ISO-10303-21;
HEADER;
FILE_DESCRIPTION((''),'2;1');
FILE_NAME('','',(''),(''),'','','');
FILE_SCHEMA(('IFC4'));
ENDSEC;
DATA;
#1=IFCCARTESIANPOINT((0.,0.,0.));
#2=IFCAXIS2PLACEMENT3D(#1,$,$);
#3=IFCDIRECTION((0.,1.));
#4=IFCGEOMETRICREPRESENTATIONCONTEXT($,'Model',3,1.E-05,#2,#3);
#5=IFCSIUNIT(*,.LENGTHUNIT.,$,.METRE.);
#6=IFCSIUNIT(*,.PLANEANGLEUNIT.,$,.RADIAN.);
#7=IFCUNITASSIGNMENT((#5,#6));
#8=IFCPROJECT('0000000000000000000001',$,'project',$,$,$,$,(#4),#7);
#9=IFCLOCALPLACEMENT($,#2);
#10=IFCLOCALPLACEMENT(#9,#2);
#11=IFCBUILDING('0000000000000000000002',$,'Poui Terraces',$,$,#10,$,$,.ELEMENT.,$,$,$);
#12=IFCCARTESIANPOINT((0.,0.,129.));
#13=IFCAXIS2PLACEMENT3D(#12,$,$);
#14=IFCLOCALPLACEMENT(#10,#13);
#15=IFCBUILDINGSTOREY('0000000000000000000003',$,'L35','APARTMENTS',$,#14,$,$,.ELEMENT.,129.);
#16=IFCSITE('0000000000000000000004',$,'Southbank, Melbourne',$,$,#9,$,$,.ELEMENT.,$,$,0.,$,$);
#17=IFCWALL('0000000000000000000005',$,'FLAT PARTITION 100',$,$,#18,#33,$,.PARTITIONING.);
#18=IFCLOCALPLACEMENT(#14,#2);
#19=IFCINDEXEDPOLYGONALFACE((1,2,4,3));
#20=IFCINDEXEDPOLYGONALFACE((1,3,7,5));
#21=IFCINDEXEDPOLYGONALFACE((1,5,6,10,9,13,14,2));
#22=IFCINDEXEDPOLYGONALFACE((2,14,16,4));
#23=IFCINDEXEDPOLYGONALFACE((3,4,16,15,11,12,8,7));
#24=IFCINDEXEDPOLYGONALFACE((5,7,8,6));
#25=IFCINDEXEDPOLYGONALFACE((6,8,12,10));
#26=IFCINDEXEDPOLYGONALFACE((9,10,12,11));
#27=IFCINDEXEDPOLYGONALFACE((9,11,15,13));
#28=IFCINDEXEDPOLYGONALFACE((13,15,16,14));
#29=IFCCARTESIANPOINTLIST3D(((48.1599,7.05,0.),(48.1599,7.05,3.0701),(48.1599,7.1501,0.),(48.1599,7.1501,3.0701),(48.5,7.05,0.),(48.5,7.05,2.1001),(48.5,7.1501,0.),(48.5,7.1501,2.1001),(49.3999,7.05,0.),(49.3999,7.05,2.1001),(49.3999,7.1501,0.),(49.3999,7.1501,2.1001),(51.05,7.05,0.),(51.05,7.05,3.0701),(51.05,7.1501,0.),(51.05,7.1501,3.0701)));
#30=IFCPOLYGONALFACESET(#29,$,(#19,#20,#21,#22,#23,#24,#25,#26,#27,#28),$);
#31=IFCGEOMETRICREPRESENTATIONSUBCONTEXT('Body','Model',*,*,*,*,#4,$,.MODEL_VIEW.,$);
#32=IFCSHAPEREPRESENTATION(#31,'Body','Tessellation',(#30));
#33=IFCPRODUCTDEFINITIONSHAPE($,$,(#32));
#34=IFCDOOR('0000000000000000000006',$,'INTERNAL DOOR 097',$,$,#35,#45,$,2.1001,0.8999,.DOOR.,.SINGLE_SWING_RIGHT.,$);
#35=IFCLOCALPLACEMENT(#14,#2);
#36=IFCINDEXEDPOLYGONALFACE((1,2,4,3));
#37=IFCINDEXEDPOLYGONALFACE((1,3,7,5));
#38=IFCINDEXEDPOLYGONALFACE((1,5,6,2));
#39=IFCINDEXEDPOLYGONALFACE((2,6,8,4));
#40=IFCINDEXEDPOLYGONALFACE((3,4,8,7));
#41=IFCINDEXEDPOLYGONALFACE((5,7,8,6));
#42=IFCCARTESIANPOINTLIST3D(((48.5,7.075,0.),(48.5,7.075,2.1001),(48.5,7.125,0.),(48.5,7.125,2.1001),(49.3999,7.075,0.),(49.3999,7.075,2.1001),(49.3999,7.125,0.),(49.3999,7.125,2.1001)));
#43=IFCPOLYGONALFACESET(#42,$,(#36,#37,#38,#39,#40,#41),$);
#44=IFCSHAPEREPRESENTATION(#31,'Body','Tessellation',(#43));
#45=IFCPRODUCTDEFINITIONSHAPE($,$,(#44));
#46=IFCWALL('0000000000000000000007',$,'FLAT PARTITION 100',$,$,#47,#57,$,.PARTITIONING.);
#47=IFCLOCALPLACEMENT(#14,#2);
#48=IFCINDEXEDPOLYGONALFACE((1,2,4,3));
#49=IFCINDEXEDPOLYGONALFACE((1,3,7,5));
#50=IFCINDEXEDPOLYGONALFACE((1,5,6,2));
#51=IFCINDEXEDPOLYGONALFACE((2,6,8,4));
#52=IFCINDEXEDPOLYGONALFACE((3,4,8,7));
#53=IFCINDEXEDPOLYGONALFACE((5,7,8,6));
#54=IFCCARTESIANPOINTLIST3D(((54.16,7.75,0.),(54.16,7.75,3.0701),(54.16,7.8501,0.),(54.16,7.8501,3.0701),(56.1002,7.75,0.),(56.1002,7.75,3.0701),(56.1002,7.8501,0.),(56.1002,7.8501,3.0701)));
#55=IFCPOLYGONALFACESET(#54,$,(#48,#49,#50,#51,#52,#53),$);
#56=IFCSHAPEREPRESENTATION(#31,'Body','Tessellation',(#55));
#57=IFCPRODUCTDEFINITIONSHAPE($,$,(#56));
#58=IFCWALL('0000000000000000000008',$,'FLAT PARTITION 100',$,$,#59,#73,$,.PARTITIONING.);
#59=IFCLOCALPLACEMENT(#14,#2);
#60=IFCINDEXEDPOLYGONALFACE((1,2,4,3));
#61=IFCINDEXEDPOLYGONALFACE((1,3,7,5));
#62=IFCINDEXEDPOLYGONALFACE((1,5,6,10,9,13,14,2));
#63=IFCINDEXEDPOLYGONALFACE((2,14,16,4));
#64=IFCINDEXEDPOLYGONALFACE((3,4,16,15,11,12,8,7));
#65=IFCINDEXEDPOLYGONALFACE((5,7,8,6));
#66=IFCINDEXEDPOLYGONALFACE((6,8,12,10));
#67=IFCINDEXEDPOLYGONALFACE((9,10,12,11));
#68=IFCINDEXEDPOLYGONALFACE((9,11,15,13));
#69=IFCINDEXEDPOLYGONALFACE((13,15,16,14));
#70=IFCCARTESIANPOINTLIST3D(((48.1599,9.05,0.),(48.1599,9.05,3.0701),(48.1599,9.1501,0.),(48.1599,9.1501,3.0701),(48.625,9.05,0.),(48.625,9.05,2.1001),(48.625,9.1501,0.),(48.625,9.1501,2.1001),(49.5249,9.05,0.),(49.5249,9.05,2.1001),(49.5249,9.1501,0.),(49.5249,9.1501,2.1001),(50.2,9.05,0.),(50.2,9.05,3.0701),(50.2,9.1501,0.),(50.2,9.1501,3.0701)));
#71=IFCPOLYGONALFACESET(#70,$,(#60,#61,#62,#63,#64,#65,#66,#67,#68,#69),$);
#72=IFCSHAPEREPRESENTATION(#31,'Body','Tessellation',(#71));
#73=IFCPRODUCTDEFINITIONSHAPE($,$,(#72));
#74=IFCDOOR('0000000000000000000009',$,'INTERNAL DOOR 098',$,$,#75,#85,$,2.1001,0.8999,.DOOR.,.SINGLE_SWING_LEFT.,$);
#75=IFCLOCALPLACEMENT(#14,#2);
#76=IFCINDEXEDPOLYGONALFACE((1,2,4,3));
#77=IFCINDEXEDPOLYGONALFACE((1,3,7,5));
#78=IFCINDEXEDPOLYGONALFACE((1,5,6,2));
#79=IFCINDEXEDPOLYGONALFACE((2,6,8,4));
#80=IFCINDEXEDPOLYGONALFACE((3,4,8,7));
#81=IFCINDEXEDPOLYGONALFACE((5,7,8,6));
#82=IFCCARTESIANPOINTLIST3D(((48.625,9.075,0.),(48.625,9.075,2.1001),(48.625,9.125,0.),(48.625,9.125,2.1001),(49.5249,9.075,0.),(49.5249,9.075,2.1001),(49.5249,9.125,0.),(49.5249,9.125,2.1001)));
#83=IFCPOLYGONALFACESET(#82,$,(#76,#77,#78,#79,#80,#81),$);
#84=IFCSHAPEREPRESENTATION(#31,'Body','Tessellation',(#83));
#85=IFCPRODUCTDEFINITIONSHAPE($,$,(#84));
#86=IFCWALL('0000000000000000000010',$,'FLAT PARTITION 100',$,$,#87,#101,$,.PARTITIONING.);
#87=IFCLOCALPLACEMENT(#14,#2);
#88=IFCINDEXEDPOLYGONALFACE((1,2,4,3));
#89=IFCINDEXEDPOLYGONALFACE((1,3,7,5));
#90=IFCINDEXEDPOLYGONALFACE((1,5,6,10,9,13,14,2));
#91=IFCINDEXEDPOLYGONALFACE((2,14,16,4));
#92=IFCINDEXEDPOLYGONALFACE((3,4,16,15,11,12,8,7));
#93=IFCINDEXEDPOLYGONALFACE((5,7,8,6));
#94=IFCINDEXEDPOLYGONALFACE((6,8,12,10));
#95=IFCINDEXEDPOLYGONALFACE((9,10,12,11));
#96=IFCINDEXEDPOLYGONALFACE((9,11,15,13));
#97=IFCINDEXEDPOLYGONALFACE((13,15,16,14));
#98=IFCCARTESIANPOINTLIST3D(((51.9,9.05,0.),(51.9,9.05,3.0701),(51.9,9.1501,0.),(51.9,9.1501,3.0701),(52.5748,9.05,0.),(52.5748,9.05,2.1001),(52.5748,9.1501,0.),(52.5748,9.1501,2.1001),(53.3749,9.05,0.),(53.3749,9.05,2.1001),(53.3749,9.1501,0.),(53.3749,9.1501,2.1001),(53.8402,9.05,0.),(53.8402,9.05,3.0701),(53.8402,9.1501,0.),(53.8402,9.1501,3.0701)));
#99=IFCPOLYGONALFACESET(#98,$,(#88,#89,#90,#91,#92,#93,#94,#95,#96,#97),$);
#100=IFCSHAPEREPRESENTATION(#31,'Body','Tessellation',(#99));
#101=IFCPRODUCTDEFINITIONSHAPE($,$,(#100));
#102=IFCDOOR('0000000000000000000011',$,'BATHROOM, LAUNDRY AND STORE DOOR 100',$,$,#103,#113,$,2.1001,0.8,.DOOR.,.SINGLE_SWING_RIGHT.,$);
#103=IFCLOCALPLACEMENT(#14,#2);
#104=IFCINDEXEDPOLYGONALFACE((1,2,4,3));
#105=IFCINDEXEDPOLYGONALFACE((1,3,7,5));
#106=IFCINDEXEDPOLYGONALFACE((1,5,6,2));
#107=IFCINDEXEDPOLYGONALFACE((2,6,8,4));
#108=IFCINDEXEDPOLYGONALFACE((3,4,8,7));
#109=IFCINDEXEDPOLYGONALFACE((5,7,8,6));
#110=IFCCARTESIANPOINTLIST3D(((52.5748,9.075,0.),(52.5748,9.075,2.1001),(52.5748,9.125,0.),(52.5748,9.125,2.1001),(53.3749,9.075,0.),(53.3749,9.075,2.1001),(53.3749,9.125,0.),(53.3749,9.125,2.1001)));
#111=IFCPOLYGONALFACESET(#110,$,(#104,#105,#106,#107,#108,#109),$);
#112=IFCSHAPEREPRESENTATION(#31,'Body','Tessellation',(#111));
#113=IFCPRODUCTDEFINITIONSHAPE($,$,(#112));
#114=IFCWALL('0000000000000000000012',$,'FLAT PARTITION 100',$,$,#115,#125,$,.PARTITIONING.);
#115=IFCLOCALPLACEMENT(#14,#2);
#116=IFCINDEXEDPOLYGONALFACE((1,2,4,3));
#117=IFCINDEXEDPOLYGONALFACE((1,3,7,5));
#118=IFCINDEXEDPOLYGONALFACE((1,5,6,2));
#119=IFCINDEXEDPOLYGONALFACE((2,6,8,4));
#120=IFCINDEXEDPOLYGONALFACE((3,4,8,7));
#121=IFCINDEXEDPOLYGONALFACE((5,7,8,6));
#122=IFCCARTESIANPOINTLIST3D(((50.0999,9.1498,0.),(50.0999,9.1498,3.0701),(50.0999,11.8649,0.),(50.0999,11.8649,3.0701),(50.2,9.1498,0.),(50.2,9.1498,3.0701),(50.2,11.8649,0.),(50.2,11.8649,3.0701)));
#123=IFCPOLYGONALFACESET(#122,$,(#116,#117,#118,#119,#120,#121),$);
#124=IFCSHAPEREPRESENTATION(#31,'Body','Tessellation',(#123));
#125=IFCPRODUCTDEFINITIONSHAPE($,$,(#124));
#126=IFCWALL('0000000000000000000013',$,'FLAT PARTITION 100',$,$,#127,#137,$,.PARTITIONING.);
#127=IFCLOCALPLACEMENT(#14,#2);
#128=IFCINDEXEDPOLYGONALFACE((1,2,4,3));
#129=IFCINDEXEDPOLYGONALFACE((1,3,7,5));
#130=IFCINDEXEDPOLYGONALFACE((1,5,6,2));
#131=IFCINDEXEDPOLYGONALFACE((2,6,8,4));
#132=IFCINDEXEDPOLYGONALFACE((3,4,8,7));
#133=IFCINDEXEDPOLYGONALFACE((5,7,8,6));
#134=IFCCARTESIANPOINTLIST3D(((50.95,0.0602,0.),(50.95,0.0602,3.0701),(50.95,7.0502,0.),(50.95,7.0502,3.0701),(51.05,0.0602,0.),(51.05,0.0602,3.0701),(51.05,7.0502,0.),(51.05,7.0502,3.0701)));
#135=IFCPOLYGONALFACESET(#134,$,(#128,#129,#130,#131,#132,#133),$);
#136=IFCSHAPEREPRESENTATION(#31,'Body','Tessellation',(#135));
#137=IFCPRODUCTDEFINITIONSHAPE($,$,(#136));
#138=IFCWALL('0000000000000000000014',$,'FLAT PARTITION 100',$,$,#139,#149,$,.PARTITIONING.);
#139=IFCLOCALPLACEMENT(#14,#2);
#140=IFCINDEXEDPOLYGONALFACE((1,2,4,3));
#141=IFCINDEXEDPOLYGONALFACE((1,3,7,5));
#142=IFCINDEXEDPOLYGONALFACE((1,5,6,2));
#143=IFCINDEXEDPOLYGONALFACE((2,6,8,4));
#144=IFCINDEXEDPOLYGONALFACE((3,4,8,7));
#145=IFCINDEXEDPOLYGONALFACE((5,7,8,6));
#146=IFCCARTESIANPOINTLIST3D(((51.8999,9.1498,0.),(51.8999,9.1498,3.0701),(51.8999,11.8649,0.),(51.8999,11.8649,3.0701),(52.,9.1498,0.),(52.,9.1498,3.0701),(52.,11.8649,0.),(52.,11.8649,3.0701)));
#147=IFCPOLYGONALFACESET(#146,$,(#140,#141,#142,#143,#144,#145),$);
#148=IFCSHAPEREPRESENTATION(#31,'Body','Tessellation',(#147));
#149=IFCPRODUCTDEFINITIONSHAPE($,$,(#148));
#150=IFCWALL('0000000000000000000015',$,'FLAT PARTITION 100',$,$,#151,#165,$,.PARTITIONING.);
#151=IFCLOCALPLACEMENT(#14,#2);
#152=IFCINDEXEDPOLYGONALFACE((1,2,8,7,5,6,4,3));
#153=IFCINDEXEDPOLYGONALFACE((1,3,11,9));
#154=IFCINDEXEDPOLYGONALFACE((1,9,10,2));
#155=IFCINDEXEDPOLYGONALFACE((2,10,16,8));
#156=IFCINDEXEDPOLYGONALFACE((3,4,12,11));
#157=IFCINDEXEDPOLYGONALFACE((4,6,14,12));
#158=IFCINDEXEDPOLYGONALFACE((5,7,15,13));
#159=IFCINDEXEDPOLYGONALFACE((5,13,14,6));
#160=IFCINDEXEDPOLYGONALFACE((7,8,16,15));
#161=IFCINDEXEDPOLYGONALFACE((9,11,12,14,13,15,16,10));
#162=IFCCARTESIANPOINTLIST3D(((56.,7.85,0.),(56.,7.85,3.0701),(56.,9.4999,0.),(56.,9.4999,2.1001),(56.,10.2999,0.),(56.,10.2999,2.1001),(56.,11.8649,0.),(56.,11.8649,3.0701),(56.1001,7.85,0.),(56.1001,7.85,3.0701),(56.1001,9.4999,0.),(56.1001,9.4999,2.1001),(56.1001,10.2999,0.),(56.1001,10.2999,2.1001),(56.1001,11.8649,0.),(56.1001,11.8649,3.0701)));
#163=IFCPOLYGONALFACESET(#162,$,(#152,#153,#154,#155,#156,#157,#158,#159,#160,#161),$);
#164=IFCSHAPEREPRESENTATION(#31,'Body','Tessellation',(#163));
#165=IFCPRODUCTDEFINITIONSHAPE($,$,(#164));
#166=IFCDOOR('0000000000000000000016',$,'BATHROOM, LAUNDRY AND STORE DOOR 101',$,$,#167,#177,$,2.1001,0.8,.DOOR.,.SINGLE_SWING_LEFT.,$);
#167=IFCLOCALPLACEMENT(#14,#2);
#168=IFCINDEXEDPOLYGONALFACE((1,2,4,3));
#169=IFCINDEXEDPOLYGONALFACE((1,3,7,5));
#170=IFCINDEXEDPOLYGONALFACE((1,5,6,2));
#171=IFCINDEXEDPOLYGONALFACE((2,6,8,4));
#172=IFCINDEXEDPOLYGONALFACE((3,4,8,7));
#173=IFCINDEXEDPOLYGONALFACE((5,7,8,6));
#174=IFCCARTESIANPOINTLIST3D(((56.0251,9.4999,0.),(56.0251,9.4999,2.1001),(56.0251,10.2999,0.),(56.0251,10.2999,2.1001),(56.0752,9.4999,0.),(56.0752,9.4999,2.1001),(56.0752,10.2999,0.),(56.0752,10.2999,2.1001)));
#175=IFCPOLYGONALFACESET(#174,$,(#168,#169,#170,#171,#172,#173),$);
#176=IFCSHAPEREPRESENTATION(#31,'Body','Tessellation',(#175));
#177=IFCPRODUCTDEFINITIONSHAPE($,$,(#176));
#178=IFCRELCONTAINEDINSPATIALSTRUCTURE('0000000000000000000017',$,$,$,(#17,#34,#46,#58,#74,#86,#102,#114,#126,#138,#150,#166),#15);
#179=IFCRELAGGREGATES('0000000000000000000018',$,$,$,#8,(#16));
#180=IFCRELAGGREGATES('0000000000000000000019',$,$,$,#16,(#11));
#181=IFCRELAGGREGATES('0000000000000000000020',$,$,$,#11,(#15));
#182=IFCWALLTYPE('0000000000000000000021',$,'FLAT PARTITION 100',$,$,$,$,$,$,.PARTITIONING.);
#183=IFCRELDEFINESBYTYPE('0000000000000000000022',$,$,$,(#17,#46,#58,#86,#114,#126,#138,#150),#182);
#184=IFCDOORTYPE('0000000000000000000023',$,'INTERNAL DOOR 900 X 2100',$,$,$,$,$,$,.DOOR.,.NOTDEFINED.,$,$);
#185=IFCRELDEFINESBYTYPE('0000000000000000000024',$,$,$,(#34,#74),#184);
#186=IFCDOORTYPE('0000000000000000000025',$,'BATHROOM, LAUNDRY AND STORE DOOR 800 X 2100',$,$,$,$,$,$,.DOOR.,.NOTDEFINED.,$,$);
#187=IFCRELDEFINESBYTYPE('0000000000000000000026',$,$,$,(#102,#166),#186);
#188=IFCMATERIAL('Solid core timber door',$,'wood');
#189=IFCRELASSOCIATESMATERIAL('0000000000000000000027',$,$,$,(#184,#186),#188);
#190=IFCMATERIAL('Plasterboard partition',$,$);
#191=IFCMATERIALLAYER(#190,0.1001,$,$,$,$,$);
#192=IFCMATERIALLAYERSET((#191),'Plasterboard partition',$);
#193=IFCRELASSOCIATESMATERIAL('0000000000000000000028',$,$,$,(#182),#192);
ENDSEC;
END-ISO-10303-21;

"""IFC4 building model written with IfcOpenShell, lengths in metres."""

from ifc_helpers import new_model, si_unit, direction, frame, frame_2d, origin, place, context, subcontext, project, spatial, rectangle, extrude, material, layer, layer_set, type_object, element, fill, save


model = new_model("IFC4")

# Units and contexts
model_context = context("Model", 3, precision=1e-05, world=origin(), true_north=direction((0.0, 1.0)))
body_context = subcontext(model_context, "Body", "Model", "MODEL_VIEW")
ifc_project = project(units=[si_unit("LENGTHUNIT", "METRE"), si_unit("PLANEANGLEUNIT", "RADIAN")], contexts=[model_context])

# Site, building, storey
site_placement = place(None, origin())
site = spatial("IfcSite", under=ifc_project, at=site_placement, Name="Southbank, Melbourne", CompositionType="ELEMENT", RefElevation=0.0)
building_placement = place(site_placement, origin())
building = spatial("IfcBuilding", under=site, at=building_placement, Name="Poui Terraces", CompositionType="ELEMENT")
storey_placement = place(building_placement, frame((0.0, 0.0, 129.0)))
storey = spatial("IfcBuildingStorey", under=building, at=storey_placement, Name="L35", Description="APARTMENTS", CompositionType="ELEMENT", Elevation=129.0)

# Shared definitions
ifc_material_1 = material(Name="Solid core timber door", Category="wood")
door_type_1 = type_object("IfcDoorType", Name="INTERNAL DOOR 900 X 2100", OperationType="NOTDEFINED", PredefinedType="DOOR", material=ifc_material_1)

# Wall, opening, door
ifc_material_2 = material(Name="Plasterboard partition")
ifc_layer_1 = layer(ifc_material_2, 0.1001)
ifc_layer_set_1 = layer_set([ifc_layer_1], Name="Plasterboard partition")
wall_type_1 = type_object("IfcWallType", Name="FLAT PARTITION 100", PredefinedType="PARTITIONING", material=ifc_layer_set_1)
wall_1_placement = place(storey_placement, frame((48.1599, 7.1001, 0.0), z_axis=(0.0, 0.0, 1.0), x_axis=(1.0, 0.0, 0.0)))
wall_1 = element("IfcWall", 1, at=wall_1_placement, inside=storey, type_object=wall_type_1, Name="FLAT PARTITION 100", PredefinedType="PARTITIONING", context=body_context, shape_type="SweptSolid", body=[
    extrude(rectangle(XDim=2.8901, YDim=0.1001, at=frame_2d((1.4451, 0.0))), origin(), (0.0, 0.0, 1.0), 3.0701),
])
opening_1_placement = place(wall_1_placement, frame((0.3401, 0.0, 0.0)))
opening_1 = element("IfcOpeningElement", 2, at=opening_1_placement, cuts=wall_1, PredefinedType="OPENING", context=body_context, shape_type="SweptSolid", body=[
    extrude(rectangle(XDim=0.8999, YDim=2.1001, at=frame_2d((0.45, 1.05))), frame((0.0, 0.0601, 0.0), z_axis=(0.0, -1.0, 0.0), x_axis=(1.0, 0.0, 0.0)), (0.0, 0.0, 1.0), 0.1201),
])
door_1_placement = place(opening_1_placement, origin())
door_1 = element("IfcDoor", 3, at=door_1_placement, inside=storey, type_object=door_type_1, Name="INTERNAL DOOR 097", OperationType="SINGLE_SWING_RIGHT", OverallHeight=2.1001, OverallWidth=0.8999, PredefinedType="DOOR", context=body_context, shape_type="SweptSolid", body=[
    extrude(rectangle(XDim=0.8999, YDim=2.1001, at=frame_2d((0.45, 1.05))), frame((0.0, 0.0249, 0.0), z_axis=(0.0, -1.0, 0.0), x_axis=(1.0, 0.0, 0.0)), (0.0, 0.0, 1.0), 0.05),
])
fill(opening_1, door_1)

# Wall
wall_2_placement = place(storey_placement, frame((54.1599, 7.8, 0.0), z_axis=(0.0, 0.0, 1.0), x_axis=(1.0, 0.0, 0.0)))
element("IfcWall", 4, at=wall_2_placement, inside=storey, type_object=wall_type_1, Name="FLAT PARTITION 100", PredefinedType="PARTITIONING", context=body_context, shape_type="SweptSolid", body=[
    extrude(rectangle(XDim=1.9402, YDim=0.1001, at=frame_2d((0.9702, 0.0))), origin(), (0.0, 0.0, 1.0), 3.0701),
])

# Walls, openings, doors
wall_3_placement = place(storey_placement, frame((48.1599, 9.1001, 0.0), z_axis=(0.0, 0.0, 1.0), x_axis=(1.0, 0.0, 0.0)))
wall_3 = element("IfcWall", 5, at=wall_3_placement, inside=storey, type_object=wall_type_1, Name="FLAT PARTITION 100", PredefinedType="PARTITIONING", context=body_context, shape_type="SweptSolid", body=[
    extrude(rectangle(XDim=2.04, YDim=0.1001, at=frame_2d((1.02, 0.0))), origin(), (0.0, 0.0, 1.0), 3.0701),
])
opening_2_placement = place(wall_3_placement, frame((0.4651, 0.0, 0.0)))
opening_2 = element("IfcOpeningElement", 6, at=opening_2_placement, cuts=wall_3, PredefinedType="OPENING", context=body_context, shape_type="SweptSolid", body=[
    extrude(rectangle(XDim=0.8999, YDim=2.1001, at=frame_2d((0.45, 1.05))), frame((0.0, 0.0601, 0.0), z_axis=(0.0, -1.0, 0.0), x_axis=(1.0, 0.0, 0.0)), (0.0, 0.0, 1.0), 0.1201),
])
door_2_placement = place(opening_2_placement, origin())
door_2 = element("IfcDoor", 7, at=door_2_placement, inside=storey, type_object=door_type_1, Name="INTERNAL DOOR 098", OperationType="SINGLE_SWING_LEFT", OverallHeight=2.1001, OverallWidth=0.8999, PredefinedType="DOOR", context=body_context, shape_type="SweptSolid", body=[
    extrude(rectangle(XDim=0.8999, YDim=2.1001, at=frame_2d((0.45, 1.05))), frame((0.0, 0.0249, 0.0), z_axis=(0.0, -1.0, 0.0), x_axis=(1.0, 0.0, 0.0)), (0.0, 0.0, 1.0), 0.05),
])
fill(opening_2, door_2)
wall_4_placement = place(storey_placement, frame((51.8999, 9.1001, 0.0), z_axis=(0.0, 0.0, 1.0), x_axis=(1.0, 0.0, 0.0)))
wall_4 = element("IfcWall", 8, at=wall_4_placement, inside=storey, type_object=wall_type_1, Name="FLAT PARTITION 100", PredefinedType="PARTITIONING", context=body_context, shape_type="SweptSolid", body=[
    extrude(rectangle(XDim=1.9402, YDim=0.1001, at=frame_2d((0.9702, 0.0))), origin(), (0.0, 0.0, 1.0), 3.0701),
])
opening_3_placement = place(wall_4_placement, frame((0.675, 0.0, 0.0)))
opening_3 = element("IfcOpeningElement", 9, at=opening_3_placement, cuts=wall_4, PredefinedType="OPENING", context=body_context, shape_type="SweptSolid", body=[
    extrude(rectangle(XDim=0.8, YDim=2.1001, at=frame_2d((0.3999, 1.05))), frame((0.0, 0.0601, 0.0), z_axis=(0.0, -1.0, 0.0), x_axis=(1.0, 0.0, 0.0)), (0.0, 0.0, 1.0), 0.1201),
])
door_type_2 = type_object("IfcDoorType", Name="BATHROOM, LAUNDRY AND STORE DOOR 800 X 2100", OperationType="NOTDEFINED", PredefinedType="DOOR", material=ifc_material_1)
door_3_placement = place(opening_3_placement, origin())
door_3 = element("IfcDoor", 10, at=door_3_placement, inside=storey, type_object=door_type_2, Name="BATHROOM, LAUNDRY AND STORE DOOR 100", OperationType="SINGLE_SWING_RIGHT", OverallHeight=2.1001, OverallWidth=0.8, PredefinedType="DOOR", context=body_context, shape_type="SweptSolid", body=[
    extrude(rectangle(XDim=0.8, YDim=2.1001, at=frame_2d((0.3999, 1.05))), frame((0.0, 0.0249, 0.0), z_axis=(0.0, -1.0, 0.0), x_axis=(1.0, 0.0, 0.0)), (0.0, 0.0, 1.0), 0.05),
])
fill(opening_3, door_3)

# Walls
wall_5_placement = place(storey_placement, frame((50.1499, 9.1499, 0.0), z_axis=(0.0, 0.0, 1.0), x_axis=(0.0, 1.0, 0.0)))
element("IfcWall", 11, at=wall_5_placement, inside=storey, type_object=wall_type_1, Name="FLAT PARTITION 100", PredefinedType="PARTITIONING", context=body_context, shape_type="SweptSolid", body=[
    extrude(rectangle(XDim=2.7151, YDim=0.1001, at=frame_2d((1.3574, 0.0))), origin(), (0.0, 0.0, 1.0), 3.0701),
])
wall_6_placement = place(storey_placement, frame((51.0, 0.0601, 0.0), z_axis=(0.0, 0.0, 1.0), x_axis=(0.0, 1.0, 0.0)))
element("IfcWall", 12, at=wall_6_placement, inside=storey, type_object=wall_type_1, Name="FLAT PARTITION 100", PredefinedType="PARTITIONING", context=body_context, shape_type="SweptSolid", body=[
    extrude(rectangle(XDim=6.99, YDim=0.1001, at=frame_2d((3.4951, 0.0))), origin(), (0.0, 0.0, 1.0), 3.0701),
])
wall_7_placement = place(storey_placement, frame((51.95, 9.1499, 0.0), z_axis=(0.0, 0.0, 1.0), x_axis=(0.0, 1.0, 0.0)))
element("IfcWall", 13, at=wall_7_placement, inside=storey, type_object=wall_type_1, Name="FLAT PARTITION 100", PredefinedType="PARTITIONING", context=body_context, shape_type="SweptSolid", body=[
    extrude(rectangle(XDim=2.7151, YDim=0.1001, at=frame_2d((1.3574, 0.0))), origin(), (0.0, 0.0, 1.0), 3.0701),
])

# Wall, opening, door
wall_8_placement = place(storey_placement, frame((56.05, 7.8501, 0.0), z_axis=(0.0, 0.0, 1.0), x_axis=(0.0, 1.0, 0.0)))
wall_8 = element("IfcWall", 14, at=wall_8_placement, inside=storey, type_object=wall_type_1, Name="FLAT PARTITION 100", PredefinedType="PARTITIONING", context=body_context, shape_type="SweptSolid", body=[
    extrude(rectangle(XDim=4.0149, YDim=0.1001, at=frame_2d((2.0073, 0.0))), origin(), (0.0, 0.0, 1.0), 3.0701),
])
opening_4_placement = place(wall_8_placement, frame((1.6499, 0.0, 0.0)))
opening_4 = element("IfcOpeningElement", 15, at=opening_4_placement, cuts=wall_8, PredefinedType="OPENING", context=body_context, shape_type="SweptSolid", body=[
    extrude(rectangle(XDim=0.8, YDim=2.1001, at=frame_2d((0.3999, 1.05))), frame((0.0, 0.0601, 0.0), z_axis=(0.0, -1.0, 0.0), x_axis=(1.0, 0.0, 0.0)), (0.0, 0.0, 1.0), 0.1201),
])
door_4_placement = place(opening_4_placement, origin())
door_4 = element("IfcDoor", 16, at=door_4_placement, inside=storey, type_object=door_type_2, Name="BATHROOM, LAUNDRY AND STORE DOOR 101", OperationType="SINGLE_SWING_LEFT", OverallHeight=2.1001, OverallWidth=0.8, PredefinedType="DOOR", context=body_context, shape_type="SweptSolid", body=[
    extrude(rectangle(XDim=0.8, YDim=2.1001, at=frame_2d((0.3999, 1.05))), frame((0.0, 0.0249, 0.0), z_axis=(0.0, -1.0, 0.0), x_axis=(1.0, 0.0, 0.0)), (0.0, 0.0, 1.0), 0.05),
])
fill(opening_4, door_4)

save(model, "model.ifc")
